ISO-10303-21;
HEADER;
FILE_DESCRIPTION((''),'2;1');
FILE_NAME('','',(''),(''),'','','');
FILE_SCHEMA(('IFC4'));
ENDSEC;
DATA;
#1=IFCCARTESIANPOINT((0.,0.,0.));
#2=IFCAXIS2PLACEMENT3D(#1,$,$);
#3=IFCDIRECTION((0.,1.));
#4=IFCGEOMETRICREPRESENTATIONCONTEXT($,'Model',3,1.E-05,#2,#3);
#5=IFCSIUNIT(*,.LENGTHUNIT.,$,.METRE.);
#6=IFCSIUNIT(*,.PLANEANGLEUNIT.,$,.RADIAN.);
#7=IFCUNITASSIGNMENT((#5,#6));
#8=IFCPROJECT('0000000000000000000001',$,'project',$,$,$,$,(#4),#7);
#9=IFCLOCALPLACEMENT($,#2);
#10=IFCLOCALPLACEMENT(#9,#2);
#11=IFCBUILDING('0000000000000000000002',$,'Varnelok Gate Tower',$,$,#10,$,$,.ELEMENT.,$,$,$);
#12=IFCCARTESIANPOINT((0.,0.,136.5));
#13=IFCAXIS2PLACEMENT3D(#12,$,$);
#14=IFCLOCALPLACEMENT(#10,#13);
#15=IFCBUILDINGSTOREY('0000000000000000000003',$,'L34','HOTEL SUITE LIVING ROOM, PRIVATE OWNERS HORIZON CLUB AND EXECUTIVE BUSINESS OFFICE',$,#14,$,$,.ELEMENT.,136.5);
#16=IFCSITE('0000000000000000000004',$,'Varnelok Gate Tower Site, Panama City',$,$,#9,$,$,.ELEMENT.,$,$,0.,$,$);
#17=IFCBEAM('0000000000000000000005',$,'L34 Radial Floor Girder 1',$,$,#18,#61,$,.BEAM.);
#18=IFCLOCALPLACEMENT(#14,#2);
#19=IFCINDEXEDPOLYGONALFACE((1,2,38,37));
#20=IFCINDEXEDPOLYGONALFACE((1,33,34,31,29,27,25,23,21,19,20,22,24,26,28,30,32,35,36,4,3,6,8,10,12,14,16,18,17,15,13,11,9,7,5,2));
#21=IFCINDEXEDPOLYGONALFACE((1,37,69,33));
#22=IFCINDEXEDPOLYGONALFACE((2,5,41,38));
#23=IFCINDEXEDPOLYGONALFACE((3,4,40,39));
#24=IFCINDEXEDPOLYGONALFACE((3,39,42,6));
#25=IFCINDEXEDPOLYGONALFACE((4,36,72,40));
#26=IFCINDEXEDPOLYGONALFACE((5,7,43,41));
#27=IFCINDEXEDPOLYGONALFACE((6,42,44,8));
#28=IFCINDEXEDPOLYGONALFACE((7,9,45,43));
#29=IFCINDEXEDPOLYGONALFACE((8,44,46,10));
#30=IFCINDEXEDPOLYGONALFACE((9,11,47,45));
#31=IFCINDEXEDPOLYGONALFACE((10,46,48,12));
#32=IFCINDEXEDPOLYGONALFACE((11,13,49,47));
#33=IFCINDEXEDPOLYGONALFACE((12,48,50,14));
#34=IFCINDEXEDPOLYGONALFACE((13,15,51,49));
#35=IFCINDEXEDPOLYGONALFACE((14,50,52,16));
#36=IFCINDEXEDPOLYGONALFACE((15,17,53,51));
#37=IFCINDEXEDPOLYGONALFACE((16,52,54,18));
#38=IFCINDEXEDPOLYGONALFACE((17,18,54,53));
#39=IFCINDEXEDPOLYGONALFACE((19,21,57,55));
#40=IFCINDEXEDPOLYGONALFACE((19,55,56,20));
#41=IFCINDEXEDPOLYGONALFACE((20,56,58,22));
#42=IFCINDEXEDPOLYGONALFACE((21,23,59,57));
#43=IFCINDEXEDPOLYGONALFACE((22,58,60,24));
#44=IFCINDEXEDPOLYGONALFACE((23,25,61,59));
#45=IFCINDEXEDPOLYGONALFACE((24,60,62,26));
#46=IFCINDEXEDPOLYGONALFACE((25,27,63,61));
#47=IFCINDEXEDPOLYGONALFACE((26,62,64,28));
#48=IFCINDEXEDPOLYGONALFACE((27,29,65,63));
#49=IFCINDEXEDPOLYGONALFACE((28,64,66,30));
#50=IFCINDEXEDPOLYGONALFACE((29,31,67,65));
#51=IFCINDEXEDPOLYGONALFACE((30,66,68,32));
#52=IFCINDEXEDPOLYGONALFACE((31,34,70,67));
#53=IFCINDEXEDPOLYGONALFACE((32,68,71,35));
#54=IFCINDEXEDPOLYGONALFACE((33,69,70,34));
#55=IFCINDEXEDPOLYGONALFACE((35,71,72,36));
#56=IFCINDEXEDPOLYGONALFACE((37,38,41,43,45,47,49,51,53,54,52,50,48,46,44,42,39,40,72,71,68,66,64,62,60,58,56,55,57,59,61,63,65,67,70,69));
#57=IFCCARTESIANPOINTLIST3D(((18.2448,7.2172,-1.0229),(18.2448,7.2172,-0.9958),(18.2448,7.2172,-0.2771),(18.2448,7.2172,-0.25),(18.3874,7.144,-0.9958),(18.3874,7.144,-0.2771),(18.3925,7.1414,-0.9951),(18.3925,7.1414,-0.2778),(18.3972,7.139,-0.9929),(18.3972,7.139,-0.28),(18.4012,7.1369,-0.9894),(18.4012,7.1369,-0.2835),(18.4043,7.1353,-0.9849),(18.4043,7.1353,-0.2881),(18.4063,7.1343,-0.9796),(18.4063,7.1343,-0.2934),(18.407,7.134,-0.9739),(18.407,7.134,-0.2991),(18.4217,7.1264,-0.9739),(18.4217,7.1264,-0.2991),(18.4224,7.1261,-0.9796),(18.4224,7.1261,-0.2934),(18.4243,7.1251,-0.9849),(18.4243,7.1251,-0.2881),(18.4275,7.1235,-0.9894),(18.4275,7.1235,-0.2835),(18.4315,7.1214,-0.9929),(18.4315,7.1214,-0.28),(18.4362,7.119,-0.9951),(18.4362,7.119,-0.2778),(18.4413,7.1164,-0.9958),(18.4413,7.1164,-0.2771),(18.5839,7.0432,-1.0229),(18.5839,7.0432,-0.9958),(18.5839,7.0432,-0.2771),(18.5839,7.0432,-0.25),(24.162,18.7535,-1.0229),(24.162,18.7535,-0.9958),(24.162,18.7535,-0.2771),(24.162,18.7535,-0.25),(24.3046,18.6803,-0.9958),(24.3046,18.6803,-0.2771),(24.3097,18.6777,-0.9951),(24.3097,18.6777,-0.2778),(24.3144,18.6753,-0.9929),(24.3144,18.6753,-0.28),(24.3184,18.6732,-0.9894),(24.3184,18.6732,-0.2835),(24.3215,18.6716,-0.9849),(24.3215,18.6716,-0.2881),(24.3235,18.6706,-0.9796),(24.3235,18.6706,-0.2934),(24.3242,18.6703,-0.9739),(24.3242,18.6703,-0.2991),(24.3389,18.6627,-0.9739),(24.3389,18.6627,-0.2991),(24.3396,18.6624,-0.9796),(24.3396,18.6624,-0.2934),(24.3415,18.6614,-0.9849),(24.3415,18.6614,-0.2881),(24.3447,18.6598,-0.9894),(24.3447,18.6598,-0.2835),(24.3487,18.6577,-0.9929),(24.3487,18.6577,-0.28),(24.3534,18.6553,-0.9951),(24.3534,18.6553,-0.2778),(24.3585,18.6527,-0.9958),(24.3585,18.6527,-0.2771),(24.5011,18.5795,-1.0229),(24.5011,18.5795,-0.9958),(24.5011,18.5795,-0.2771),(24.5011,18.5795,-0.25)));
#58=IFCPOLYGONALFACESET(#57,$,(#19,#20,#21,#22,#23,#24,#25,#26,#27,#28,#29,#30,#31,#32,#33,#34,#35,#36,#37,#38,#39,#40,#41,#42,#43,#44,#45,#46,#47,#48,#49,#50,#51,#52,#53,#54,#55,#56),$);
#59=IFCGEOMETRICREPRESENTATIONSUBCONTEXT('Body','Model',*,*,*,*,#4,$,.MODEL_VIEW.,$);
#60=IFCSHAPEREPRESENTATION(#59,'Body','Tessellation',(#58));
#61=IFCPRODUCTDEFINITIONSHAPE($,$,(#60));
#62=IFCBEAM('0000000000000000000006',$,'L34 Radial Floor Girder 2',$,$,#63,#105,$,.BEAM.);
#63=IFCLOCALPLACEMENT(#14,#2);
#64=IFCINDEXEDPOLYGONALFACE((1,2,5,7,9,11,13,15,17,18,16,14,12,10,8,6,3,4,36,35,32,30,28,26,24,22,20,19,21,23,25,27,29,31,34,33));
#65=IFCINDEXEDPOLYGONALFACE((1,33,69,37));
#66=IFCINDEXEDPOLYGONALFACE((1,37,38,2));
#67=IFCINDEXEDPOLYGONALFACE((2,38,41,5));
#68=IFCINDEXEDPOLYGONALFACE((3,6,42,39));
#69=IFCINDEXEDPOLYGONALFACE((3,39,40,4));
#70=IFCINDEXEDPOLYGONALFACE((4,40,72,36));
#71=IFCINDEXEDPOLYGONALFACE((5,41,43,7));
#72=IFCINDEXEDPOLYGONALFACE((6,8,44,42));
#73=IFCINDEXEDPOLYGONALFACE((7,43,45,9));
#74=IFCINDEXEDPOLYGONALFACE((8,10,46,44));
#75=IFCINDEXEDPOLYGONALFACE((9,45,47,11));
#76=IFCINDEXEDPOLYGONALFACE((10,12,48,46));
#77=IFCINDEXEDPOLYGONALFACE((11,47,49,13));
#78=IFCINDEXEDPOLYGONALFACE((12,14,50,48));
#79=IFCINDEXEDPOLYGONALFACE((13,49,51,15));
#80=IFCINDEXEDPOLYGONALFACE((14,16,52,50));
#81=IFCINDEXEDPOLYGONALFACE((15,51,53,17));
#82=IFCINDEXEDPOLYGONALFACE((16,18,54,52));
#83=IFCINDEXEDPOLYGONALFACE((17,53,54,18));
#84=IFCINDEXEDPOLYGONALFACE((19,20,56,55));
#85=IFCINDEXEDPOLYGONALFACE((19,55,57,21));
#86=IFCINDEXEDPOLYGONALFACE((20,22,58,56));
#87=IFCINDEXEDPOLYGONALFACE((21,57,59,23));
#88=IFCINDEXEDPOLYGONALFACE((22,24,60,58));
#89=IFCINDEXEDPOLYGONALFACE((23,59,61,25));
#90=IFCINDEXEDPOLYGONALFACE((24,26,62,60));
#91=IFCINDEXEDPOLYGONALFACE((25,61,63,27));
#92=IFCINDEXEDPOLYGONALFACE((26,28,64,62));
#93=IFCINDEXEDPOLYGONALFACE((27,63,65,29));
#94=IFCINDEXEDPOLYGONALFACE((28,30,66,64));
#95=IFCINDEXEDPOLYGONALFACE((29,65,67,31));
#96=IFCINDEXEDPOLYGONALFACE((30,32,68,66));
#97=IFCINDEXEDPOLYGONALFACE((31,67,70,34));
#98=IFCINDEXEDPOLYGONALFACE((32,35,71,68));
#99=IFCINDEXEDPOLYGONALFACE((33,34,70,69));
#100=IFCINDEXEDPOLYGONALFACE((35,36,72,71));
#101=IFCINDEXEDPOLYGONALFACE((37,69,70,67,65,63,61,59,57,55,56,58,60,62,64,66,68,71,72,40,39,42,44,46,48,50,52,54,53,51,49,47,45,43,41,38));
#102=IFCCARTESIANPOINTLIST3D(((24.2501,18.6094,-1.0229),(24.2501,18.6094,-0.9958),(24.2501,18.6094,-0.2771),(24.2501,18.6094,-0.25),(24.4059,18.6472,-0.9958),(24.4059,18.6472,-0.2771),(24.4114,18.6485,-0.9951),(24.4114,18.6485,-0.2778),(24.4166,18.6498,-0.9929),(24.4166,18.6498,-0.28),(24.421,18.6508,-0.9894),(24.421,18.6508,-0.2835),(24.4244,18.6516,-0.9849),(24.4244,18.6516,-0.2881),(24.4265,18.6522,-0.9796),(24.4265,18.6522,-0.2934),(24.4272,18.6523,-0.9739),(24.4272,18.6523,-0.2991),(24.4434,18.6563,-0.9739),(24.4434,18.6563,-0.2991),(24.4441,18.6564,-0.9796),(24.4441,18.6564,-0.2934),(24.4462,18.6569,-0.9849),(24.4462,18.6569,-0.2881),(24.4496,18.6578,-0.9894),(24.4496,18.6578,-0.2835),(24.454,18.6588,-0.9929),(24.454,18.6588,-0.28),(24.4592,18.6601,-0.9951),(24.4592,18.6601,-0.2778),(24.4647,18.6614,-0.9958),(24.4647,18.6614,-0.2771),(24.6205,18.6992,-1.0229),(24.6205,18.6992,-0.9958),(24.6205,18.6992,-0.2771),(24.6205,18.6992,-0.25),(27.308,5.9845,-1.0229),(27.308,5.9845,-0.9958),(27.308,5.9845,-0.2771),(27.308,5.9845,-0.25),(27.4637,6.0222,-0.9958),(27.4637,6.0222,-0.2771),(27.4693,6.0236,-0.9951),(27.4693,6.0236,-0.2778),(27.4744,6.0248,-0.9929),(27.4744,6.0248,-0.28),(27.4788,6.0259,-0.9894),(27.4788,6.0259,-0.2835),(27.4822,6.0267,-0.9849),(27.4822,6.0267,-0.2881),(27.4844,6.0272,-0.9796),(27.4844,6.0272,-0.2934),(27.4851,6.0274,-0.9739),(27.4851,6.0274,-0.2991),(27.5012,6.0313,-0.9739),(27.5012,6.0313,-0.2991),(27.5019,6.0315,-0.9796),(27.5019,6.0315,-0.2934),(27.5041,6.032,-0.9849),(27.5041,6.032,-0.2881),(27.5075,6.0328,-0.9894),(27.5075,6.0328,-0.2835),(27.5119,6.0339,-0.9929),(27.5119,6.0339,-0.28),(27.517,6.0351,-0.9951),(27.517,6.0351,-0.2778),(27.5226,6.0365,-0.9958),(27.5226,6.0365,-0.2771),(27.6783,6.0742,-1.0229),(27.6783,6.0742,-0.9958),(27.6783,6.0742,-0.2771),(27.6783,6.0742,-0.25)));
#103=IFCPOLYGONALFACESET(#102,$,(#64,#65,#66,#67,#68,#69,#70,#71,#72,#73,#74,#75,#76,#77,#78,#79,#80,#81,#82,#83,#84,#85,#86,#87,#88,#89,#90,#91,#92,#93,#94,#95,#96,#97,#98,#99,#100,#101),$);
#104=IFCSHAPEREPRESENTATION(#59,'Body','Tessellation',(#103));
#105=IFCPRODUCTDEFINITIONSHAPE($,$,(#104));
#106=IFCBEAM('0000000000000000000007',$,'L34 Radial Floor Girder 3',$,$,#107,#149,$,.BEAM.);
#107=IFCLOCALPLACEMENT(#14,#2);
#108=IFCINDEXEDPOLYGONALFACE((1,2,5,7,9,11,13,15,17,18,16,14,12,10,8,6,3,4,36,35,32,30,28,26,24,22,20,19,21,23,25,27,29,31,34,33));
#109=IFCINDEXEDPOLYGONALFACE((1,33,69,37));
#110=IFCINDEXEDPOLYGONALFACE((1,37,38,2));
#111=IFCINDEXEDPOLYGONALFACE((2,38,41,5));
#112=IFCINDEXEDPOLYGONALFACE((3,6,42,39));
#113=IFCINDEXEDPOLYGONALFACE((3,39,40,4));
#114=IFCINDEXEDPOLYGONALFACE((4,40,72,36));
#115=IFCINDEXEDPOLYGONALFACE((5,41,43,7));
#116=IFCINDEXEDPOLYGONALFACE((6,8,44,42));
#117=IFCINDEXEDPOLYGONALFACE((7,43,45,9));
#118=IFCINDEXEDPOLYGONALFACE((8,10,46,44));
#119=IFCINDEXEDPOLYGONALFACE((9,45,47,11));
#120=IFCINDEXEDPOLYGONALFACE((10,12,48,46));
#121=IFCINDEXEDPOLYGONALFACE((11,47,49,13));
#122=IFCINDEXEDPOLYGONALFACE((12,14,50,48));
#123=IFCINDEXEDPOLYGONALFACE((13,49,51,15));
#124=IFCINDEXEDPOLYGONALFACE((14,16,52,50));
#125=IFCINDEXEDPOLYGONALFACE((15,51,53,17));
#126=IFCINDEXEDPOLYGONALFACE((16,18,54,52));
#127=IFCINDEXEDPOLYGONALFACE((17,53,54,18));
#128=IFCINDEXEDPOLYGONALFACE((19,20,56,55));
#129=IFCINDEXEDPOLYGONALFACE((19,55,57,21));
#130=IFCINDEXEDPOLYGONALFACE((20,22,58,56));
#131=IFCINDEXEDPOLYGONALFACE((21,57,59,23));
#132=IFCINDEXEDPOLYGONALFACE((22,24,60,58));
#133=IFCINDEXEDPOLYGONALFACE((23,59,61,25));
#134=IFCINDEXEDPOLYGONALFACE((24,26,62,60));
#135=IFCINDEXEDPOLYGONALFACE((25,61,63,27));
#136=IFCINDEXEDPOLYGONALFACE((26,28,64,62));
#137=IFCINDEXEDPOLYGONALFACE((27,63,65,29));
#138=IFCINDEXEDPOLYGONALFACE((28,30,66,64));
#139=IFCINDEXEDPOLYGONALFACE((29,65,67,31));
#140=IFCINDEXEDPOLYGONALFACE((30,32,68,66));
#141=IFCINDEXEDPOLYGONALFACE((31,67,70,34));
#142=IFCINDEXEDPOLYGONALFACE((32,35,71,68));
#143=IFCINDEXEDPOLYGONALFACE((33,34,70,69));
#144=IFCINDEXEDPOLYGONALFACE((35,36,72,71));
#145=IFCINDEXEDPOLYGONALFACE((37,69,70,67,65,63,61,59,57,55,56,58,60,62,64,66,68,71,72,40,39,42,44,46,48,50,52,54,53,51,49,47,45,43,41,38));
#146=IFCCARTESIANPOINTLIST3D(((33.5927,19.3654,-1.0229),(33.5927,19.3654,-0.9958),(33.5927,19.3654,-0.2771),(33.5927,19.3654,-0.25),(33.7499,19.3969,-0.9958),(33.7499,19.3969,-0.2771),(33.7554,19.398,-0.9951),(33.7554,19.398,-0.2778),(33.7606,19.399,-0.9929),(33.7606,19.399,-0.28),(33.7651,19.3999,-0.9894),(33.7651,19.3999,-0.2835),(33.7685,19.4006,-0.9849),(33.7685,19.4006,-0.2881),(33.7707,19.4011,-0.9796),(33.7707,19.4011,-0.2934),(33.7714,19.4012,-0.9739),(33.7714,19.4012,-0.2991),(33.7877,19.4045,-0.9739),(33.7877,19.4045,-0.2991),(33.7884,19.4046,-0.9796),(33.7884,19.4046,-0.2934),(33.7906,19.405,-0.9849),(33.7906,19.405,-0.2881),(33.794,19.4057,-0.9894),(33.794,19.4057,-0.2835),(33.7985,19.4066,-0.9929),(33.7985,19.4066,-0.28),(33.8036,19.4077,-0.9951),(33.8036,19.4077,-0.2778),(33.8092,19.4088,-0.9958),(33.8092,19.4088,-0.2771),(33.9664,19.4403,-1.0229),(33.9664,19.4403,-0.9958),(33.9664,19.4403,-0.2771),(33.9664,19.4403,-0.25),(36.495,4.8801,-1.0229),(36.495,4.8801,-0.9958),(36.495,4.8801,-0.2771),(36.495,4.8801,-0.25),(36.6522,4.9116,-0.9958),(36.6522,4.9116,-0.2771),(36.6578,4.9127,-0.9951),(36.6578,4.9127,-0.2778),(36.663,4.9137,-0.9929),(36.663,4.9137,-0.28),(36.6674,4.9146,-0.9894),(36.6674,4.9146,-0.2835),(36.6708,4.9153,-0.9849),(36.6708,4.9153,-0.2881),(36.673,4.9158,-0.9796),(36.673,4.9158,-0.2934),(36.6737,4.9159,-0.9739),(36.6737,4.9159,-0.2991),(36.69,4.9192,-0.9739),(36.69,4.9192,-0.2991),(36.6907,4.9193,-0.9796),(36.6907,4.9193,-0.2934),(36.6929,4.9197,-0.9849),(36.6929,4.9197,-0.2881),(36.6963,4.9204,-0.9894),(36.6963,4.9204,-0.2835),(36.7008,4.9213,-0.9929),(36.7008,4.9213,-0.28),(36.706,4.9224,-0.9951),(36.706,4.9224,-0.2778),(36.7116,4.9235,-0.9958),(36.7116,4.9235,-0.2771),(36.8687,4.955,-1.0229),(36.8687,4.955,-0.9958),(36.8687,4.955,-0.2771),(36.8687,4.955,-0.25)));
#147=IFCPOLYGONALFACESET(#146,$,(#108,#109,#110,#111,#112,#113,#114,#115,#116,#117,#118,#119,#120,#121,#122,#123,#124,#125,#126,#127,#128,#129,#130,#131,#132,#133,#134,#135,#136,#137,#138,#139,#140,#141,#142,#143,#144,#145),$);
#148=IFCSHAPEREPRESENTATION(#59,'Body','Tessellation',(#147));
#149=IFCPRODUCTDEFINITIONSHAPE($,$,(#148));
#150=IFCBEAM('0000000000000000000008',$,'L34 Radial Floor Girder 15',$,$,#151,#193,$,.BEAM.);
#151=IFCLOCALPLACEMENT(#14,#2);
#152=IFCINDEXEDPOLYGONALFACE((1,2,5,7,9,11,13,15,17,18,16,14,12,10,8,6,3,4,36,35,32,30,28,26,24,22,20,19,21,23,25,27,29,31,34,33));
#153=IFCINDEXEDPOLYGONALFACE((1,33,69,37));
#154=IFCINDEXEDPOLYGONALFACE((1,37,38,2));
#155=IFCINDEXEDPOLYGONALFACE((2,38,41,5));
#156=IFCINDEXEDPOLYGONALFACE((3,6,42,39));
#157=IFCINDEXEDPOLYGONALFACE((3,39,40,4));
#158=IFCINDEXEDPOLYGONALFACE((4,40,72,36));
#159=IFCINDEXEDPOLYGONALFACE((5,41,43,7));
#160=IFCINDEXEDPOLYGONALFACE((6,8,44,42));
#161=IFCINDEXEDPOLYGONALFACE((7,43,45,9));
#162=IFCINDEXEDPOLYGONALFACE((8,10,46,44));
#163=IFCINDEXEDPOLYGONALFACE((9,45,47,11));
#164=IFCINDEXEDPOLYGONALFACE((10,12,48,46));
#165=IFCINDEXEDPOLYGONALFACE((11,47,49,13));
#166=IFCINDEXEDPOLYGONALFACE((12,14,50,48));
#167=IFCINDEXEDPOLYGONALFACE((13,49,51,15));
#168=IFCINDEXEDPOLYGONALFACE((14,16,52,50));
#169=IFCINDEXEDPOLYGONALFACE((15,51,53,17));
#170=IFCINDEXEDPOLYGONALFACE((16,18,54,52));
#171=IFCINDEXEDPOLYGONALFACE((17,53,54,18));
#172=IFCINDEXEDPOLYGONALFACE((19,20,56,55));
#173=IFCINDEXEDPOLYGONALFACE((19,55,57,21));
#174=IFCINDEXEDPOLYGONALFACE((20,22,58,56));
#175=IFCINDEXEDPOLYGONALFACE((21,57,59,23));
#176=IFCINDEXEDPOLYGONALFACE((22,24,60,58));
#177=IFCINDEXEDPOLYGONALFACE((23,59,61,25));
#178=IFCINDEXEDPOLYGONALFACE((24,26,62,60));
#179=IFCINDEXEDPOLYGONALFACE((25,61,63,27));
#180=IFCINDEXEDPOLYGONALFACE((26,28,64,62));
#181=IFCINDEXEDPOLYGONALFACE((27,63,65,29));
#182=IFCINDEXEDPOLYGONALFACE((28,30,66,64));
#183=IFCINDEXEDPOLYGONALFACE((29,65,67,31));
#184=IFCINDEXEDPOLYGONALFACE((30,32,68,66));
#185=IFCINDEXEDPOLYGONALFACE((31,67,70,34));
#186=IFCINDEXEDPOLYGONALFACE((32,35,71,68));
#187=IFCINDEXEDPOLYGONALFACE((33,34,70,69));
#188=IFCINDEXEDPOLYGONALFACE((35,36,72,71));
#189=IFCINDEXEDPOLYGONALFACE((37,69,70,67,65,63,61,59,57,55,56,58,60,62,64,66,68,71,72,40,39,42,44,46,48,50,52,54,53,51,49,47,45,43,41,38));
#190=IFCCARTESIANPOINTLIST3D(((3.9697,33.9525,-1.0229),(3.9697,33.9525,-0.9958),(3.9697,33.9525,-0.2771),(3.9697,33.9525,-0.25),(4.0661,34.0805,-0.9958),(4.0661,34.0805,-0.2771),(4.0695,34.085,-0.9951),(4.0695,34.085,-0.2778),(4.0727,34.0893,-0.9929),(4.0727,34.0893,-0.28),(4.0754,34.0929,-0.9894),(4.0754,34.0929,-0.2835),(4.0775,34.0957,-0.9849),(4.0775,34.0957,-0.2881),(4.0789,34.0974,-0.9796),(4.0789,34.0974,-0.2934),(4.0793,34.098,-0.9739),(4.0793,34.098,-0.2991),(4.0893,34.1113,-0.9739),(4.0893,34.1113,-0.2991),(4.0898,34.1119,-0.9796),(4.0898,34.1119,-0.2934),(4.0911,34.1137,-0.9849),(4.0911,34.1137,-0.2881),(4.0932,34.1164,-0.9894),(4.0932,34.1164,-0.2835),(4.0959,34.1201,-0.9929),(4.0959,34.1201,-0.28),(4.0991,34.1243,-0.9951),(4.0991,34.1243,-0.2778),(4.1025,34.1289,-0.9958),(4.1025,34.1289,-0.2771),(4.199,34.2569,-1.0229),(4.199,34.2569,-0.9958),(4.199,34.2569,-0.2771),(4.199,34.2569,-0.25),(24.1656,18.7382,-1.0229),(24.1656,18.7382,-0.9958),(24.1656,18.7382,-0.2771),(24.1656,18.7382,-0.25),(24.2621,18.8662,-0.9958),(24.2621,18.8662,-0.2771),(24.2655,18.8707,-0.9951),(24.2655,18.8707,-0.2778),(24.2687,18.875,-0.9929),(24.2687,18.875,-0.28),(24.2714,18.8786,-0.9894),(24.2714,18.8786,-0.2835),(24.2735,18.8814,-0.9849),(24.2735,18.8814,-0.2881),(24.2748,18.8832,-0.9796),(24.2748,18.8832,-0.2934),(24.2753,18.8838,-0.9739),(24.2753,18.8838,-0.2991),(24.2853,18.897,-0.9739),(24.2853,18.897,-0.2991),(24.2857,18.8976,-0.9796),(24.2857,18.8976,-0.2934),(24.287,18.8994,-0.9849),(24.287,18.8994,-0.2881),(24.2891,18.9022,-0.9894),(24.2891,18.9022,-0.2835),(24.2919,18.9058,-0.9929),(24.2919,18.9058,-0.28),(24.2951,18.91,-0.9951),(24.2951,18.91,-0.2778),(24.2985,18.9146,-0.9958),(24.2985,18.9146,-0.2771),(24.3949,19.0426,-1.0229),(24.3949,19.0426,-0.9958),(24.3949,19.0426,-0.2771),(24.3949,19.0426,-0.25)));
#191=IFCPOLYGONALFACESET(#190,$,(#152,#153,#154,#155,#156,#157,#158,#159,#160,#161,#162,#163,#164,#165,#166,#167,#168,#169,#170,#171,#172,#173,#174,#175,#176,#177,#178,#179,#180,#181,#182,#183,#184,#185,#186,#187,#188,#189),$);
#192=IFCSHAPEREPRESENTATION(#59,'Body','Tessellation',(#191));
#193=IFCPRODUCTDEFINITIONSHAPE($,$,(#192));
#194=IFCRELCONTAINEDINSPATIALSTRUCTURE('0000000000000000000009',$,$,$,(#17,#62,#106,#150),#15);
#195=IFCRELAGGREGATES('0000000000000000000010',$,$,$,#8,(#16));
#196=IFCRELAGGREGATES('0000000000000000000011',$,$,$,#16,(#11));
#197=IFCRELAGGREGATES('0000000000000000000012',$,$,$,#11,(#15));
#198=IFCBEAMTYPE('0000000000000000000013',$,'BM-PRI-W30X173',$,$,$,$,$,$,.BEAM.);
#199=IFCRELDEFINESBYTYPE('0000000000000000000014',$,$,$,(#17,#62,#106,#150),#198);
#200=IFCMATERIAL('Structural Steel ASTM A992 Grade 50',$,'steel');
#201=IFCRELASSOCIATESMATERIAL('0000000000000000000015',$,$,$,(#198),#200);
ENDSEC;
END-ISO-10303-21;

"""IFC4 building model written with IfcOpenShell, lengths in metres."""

from ifc_helpers import new_model, si_unit, direction, frame, origin, origin_2d, place, context, subcontext, project, spatial, i_section, extrude, material, material_profile, profile_set, type_object, element, save


model = new_model("IFC4")

# Units and contexts
model_context = context("Model", 3, precision=1e-05, world=origin(), true_north=direction((0.0, 1.0)))
body_context = subcontext(model_context, "Body", "Model", "MODEL_VIEW")
ifc_project = project(units=[si_unit("LENGTHUNIT", "METRE"), si_unit("PLANEANGLEUNIT", "RADIAN")], contexts=[model_context])

# Site, building, storey
site_placement = place(None, origin())
site = spatial("IfcSite", under=ifc_project, at=site_placement, Name="Varnelok Gate Tower Site, Panama City", CompositionType="ELEMENT", RefElevation=0.0)
building_placement = place(site_placement, origin())
building = spatial("IfcBuilding", under=site, at=building_placement, Name="Varnelok Gate Tower", CompositionType="ELEMENT")
storey_placement = place(building_placement, frame((0.0, 0.0, 136.5)))
storey = spatial("IfcBuildingStorey", under=building, at=storey_placement, Name="L34", Description="HOTEL SUITE LIVING ROOM, PRIVATE OWNERS HORIZON CLUB AND EXECUTIVE BUSINESS OFFICE", CompositionType="ELEMENT", Elevation=136.5)

# Shared definitions
ifc_material_1 = material(Name="Structural Steel ASTM A992 Grade 50", Category="steel")

# Beams
ifc_material_profile_1 = material_profile(ifc_material_1, i_section(OverallWidth=0.3811, OverallDepth=0.7729, WebThickness=0.0166, FlangeThickness=0.0271, FilletRadius=0.022, at=origin_2d()), Name="W30X173")
ifc_profile_set_1 = profile_set([ifc_material_profile_1], Name="Structural Steel ASTM A992 Grade 50")
beam_type_1 = type_object("IfcBeamType", Name="BM-PRI-W30X173", PredefinedType="BEAM", material=ifc_profile_set_1)
beam_1_placement = place(storey_placement, frame((24.3315, 18.6665, -0.6365), z_axis=(-0.456387, -0.889782, 0.0), x_axis=(0.889782, -0.456387, 0.0)))
element("IfcBeam", 1, at=beam_1_placement, inside=storey, type_object=beam_type_1, Name="L34 Radial Floor Girder 1", PredefinedType="BEAM", context=body_context, shape_type="SweptSolid", body=[
    extrude(i_section(OverallWidth=0.3811, OverallDepth=0.7729, WebThickness=0.0166, FlangeThickness=0.0271, FilletRadius=0.022, at=origin_2d()), origin(), (0.0, 0.0, 1.0), 12.9653),
])
beam_2_placement = place(storey_placement, frame((24.4353, 18.6543, -0.6365), z_axis=(0.2354, -0.971898, 0.0), x_axis=(0.971898, 0.2354, 0.0)))
element("IfcBeam", 2, at=beam_2_placement, inside=storey, type_object=beam_type_1, Name="L34 Radial Floor Girder 2", PredefinedType="BEAM", context=body_context, shape_type="SweptSolid", body=[
    extrude(i_section(OverallWidth=0.3811, OverallDepth=0.7729, WebThickness=0.0166, FlangeThickness=0.0271, FilletRadius=0.022, at=origin_2d()), origin(), (0.0, 0.0, 1.0), 12.99),
])
beam_3_placement = place(storey_placement, frame((33.7795, 19.4028, -0.6365), z_axis=(0.196459, -0.980512, 0.0), x_axis=(0.980512, 0.196459, 0.0)))
element("IfcBeam", 3, at=beam_3_placement, inside=storey, type_object=beam_type_1, Name="L34 Radial Floor Girder 3", PredefinedType="BEAM", context=body_context, shape_type="SweptSolid", body=[
    extrude(i_section(OverallWidth=0.3811, OverallDepth=0.7729, WebThickness=0.0166, FlangeThickness=0.0271, FilletRadius=0.022, at=origin_2d()), origin(), (0.0, 0.0, 1.0), 14.7732),
])
beam_4_placement = place(storey_placement, frame((24.2803, 18.8904, -0.6365), z_axis=(-0.79872, 0.601703, 0.0), x_axis=(-0.601703, -0.79872, 0.0)))
element("IfcBeam", 4, at=beam_4_placement, inside=storey, type_object=beam_type_1, Name="L34 Radial Floor Girder 15", PredefinedType="BEAM", context=body_context, shape_type="SweptSolid", body=[
    extrude(i_section(OverallWidth=0.3811, OverallDepth=0.7729, WebThickness=0.0166, FlangeThickness=0.0271, FilletRadius=0.022, at=origin_2d()), origin(), (0.0, 0.0, 1.0), 25.2854),
])

save(model, "model.ifc")
